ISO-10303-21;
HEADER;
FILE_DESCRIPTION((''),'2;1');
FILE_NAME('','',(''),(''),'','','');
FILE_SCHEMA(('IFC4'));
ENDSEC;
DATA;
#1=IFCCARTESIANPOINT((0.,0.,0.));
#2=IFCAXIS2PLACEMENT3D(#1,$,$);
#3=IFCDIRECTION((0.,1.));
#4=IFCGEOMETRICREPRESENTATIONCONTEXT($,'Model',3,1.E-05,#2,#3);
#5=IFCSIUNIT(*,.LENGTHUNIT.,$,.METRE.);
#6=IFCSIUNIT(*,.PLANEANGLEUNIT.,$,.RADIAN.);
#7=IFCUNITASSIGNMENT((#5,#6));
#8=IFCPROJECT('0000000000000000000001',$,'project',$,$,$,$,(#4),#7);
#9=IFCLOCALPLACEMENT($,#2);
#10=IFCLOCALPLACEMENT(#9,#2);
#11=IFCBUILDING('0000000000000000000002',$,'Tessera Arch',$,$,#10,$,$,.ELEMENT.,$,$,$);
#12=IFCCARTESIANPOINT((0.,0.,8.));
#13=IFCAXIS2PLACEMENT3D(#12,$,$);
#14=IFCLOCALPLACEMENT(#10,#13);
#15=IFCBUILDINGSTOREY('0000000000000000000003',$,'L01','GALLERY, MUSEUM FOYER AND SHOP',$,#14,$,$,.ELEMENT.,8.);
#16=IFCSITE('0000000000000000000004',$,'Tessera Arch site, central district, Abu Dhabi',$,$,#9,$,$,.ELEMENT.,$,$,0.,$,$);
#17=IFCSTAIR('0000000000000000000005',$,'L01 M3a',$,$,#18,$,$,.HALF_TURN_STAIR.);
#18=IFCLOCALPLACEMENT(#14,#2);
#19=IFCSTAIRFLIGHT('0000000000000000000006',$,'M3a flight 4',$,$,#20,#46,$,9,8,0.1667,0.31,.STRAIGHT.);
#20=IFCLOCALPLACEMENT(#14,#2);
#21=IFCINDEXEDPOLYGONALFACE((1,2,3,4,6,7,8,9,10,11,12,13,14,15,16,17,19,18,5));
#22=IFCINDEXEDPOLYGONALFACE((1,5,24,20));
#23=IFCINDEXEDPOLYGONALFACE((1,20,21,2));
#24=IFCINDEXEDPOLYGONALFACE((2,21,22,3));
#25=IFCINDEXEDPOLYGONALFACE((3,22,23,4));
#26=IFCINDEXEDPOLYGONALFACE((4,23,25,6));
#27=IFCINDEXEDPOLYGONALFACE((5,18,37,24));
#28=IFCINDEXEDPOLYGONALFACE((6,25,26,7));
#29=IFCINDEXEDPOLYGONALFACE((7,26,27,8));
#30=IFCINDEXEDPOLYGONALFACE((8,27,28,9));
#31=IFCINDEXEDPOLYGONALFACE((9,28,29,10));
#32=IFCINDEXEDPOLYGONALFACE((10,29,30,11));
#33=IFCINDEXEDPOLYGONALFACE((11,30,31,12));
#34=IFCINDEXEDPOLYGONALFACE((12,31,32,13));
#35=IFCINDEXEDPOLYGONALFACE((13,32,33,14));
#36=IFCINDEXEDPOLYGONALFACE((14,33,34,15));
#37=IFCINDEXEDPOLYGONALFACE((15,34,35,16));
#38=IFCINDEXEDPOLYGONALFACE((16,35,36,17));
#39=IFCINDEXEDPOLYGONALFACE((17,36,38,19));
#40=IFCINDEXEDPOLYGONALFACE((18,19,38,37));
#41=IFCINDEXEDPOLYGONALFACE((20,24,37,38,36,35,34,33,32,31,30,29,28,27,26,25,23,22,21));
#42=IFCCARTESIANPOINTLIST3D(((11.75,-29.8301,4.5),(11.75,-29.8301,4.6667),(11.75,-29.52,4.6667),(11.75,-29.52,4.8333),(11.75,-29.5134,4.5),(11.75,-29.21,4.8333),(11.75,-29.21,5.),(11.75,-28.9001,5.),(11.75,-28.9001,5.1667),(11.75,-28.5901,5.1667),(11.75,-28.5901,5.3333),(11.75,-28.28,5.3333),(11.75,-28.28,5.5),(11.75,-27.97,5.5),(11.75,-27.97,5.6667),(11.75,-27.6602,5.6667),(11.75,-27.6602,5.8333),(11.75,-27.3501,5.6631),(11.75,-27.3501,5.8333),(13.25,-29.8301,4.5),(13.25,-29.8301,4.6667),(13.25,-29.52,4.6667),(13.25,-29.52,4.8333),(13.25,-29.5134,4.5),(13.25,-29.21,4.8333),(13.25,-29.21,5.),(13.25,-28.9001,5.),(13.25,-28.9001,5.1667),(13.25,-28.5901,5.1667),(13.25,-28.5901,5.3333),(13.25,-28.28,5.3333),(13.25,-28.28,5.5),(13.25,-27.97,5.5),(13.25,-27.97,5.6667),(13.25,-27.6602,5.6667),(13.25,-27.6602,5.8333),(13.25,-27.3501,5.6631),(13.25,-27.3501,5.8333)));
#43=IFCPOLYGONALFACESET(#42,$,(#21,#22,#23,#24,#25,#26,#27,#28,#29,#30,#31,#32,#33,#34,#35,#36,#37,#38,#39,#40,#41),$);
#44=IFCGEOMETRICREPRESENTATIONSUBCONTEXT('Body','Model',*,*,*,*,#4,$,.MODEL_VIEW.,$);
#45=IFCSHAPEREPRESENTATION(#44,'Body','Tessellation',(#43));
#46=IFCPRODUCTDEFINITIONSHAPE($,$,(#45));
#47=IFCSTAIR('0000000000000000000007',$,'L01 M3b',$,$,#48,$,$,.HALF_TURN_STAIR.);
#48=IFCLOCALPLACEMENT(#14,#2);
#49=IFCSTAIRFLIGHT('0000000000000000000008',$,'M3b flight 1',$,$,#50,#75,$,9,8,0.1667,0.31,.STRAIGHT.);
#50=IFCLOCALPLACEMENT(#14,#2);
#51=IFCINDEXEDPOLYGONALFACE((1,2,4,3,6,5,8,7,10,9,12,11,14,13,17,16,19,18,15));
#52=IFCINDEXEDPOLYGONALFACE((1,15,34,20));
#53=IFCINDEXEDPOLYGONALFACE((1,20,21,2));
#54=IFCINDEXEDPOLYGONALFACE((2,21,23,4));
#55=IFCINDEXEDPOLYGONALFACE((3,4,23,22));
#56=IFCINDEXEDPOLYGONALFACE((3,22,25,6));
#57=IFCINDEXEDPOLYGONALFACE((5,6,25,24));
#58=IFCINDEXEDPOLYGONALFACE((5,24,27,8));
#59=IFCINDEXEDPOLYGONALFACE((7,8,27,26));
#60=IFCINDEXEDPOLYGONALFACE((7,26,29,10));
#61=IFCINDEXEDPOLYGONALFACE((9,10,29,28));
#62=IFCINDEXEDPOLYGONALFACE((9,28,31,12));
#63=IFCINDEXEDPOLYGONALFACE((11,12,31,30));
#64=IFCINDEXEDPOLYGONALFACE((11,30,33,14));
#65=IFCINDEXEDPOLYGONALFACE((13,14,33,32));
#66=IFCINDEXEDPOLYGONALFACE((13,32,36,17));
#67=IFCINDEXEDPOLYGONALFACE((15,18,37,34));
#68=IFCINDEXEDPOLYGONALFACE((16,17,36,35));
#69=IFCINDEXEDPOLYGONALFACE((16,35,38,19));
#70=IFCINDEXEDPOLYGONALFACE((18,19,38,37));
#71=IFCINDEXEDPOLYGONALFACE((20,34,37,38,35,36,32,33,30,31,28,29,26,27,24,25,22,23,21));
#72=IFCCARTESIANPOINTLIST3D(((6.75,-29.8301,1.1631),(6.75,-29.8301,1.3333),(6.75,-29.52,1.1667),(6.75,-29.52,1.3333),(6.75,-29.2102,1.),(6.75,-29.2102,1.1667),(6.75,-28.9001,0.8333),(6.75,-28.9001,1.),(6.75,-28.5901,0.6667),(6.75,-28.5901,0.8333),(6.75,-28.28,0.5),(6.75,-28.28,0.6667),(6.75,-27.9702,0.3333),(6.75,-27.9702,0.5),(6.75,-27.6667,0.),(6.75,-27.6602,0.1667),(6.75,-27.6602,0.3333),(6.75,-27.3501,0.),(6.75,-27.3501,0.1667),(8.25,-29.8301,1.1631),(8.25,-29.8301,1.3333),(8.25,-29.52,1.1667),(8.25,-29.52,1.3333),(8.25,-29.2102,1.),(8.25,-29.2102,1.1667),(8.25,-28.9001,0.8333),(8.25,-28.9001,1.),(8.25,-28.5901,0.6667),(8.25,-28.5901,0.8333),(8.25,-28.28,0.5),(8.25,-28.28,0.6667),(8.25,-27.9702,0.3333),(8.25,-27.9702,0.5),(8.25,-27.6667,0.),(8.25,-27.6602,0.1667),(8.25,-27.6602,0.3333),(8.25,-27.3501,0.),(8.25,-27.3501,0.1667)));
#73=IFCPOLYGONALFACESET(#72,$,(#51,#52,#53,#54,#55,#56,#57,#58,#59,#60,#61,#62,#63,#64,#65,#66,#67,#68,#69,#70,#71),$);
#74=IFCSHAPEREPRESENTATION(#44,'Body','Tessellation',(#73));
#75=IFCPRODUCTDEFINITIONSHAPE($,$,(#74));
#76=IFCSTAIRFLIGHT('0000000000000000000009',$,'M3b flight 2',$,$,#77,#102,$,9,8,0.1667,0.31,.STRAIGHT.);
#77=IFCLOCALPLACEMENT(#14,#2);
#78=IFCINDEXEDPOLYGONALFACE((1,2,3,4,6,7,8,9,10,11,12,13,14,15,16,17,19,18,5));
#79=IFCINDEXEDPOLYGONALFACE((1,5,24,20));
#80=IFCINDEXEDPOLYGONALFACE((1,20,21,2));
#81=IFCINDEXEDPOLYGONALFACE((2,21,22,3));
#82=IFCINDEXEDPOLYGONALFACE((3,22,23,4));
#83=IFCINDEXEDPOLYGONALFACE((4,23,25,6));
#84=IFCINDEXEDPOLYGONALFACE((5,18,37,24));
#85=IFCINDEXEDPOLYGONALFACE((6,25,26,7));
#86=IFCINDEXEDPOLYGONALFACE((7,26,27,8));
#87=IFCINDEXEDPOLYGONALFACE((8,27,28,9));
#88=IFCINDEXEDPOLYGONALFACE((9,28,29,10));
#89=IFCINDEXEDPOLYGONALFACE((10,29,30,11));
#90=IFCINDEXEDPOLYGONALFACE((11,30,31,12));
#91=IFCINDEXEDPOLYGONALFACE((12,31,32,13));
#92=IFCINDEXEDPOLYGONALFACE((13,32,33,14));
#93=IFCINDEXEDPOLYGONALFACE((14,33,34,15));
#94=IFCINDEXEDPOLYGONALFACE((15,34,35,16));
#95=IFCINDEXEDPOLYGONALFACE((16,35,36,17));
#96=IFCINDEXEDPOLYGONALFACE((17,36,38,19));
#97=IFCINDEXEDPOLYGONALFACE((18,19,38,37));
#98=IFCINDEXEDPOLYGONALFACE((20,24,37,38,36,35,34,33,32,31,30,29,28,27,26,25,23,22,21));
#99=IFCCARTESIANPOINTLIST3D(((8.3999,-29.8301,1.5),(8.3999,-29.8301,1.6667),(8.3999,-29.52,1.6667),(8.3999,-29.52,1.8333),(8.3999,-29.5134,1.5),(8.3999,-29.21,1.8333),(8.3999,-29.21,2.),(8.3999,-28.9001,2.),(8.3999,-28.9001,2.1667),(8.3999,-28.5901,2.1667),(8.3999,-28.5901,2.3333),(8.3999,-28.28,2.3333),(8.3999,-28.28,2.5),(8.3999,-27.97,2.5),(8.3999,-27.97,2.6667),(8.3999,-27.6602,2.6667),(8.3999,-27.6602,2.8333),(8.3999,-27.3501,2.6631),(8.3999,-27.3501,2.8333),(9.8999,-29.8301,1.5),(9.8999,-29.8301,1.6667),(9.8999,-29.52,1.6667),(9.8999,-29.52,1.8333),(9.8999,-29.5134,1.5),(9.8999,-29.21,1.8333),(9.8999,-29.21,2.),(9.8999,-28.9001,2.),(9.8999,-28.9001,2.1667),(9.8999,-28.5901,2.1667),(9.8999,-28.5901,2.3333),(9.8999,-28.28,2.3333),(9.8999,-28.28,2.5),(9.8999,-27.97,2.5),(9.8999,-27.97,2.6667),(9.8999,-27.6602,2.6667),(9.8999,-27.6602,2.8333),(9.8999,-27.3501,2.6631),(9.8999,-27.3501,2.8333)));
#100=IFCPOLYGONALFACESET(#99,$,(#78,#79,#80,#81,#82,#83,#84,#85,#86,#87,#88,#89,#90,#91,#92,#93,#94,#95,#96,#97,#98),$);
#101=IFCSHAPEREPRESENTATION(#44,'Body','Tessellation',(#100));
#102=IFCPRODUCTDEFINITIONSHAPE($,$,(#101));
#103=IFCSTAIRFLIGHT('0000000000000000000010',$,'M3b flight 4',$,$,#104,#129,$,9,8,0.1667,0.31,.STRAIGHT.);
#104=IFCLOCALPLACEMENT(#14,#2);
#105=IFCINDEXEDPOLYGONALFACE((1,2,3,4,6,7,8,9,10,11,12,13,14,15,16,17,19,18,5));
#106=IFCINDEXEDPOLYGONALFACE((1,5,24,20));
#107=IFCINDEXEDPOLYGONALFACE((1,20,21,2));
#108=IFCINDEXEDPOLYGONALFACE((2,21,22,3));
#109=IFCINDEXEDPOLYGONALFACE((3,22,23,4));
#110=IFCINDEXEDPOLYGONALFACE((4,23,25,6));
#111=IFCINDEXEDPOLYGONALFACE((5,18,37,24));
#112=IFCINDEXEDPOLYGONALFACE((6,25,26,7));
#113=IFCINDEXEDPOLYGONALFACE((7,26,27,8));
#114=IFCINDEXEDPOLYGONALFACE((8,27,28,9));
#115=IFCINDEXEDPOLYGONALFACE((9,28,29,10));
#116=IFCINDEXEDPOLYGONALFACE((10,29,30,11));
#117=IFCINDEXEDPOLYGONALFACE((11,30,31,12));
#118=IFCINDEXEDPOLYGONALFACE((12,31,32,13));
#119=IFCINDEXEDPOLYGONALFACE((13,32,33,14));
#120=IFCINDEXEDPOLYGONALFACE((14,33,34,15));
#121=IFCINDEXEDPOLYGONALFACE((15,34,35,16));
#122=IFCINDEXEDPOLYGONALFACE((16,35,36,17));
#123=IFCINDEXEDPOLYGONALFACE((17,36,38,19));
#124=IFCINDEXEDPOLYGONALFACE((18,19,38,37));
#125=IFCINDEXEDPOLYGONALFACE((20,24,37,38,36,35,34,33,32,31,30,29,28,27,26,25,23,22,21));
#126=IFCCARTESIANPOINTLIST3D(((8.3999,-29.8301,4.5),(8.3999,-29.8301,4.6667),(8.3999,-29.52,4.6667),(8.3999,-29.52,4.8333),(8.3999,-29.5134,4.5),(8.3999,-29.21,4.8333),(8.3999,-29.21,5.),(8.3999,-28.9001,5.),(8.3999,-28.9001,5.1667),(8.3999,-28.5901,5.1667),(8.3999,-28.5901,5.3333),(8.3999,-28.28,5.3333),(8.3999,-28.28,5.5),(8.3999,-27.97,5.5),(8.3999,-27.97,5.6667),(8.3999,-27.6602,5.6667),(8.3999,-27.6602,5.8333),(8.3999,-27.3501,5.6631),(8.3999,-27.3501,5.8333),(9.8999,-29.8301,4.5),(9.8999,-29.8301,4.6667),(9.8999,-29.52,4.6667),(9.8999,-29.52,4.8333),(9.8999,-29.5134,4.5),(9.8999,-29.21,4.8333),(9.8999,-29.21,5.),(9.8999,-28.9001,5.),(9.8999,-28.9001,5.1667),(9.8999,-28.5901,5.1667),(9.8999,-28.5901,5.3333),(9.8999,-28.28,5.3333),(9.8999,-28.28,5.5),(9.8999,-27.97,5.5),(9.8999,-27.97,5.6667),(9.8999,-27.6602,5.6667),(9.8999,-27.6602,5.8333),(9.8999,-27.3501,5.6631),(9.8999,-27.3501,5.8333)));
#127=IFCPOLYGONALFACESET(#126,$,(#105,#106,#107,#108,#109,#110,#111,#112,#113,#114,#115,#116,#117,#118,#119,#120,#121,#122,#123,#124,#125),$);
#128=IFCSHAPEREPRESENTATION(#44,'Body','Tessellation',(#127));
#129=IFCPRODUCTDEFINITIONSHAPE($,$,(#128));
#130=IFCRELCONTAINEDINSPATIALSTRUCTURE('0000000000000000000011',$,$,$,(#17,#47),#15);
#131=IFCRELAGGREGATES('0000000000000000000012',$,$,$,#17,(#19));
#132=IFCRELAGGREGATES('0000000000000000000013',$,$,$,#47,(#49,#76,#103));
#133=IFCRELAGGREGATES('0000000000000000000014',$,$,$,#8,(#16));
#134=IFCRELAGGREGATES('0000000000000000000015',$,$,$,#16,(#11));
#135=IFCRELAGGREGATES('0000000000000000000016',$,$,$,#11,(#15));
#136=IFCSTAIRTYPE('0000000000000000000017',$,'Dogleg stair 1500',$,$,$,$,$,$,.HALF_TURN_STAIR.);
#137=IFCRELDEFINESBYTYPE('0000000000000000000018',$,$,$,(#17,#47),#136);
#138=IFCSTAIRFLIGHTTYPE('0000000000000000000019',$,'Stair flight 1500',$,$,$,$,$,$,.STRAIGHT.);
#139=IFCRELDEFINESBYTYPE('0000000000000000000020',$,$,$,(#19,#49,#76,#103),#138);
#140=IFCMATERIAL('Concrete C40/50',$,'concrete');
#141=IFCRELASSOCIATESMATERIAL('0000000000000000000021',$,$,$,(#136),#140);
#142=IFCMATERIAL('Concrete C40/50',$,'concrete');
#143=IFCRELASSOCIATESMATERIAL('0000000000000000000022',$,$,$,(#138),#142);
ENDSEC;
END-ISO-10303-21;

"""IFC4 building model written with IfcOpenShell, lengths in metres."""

from ifc_helpers import new_model, si_unit, direction, frame, origin, place, context, subcontext, project, spatial, polyline, outline, extrude, material, type_object, element, aggregate, save


model = new_model("IFC4")

# Units and contexts
model_context = context("Model", 3, precision=1e-05, world=origin(), true_north=direction((0.0, 1.0)))
body_context = subcontext(model_context, "Body", "Model", "MODEL_VIEW")
ifc_project = project(units=[si_unit("LENGTHUNIT", "METRE"), si_unit("PLANEANGLEUNIT", "RADIAN")], contexts=[model_context])

# Site, building, storey
site_placement = place(None, origin())
site = spatial("IfcSite", under=ifc_project, at=site_placement, Name="Tessera Arch site, central district, Abu Dhabi", CompositionType="ELEMENT", RefElevation=0.0)
building_placement = place(site_placement, origin())
building = spatial("IfcBuilding", under=site, at=building_placement, Name="Tessera Arch", CompositionType="ELEMENT")
storey_placement = place(building_placement, frame((0.0, 0.0, 8.0)))
storey = spatial("IfcBuildingStorey", under=building, at=storey_placement, Name="L01", Description="GALLERY, MUSEUM FOYER AND SHOP", CompositionType="ELEMENT", Elevation=8.0)

# Stairs, stair flights
ifc_material_1 = material(Name="Concrete C40/50", Category="concrete")
stair_type = type_object("IfcStairType", Name="Dogleg stair 1500", PredefinedType="HALF_TURN_STAIR", material=ifc_material_1)
stair_1_placement = place(storey_placement, origin())
stair_1 = element("IfcStair", 1, at=stair_1_placement, inside=storey, type_object=stair_type, Name="L01 M3a", PredefinedType="HALF_TURN_STAIR")
ifc_material_2 = material(Name="Concrete C40/50", Category="concrete")
stair_flight_type = type_object("IfcStairFlightType", Name="Stair flight 1500", PredefinedType="STRAIGHT", material=ifc_material_2)
stair_flight_1_placement = place(storey_placement, frame((12.5, -29.8301, 4.5), z_axis=(0.0, 0.0, 1.0), x_axis=(0.0, 1.0, 0.0)))
stair_flight_1 = element("IfcStairFlight", 2, at=stair_flight_1_placement, type_object=stair_flight_type, Name="M3a flight 4", NumberOfRisers=9, NumberOfTreads=8, PredefinedType="STRAIGHT", RiserHeight=0.1667, TreadLength=0.31, context=body_context, shape_type="SweptSolid", body=[
    extrude(outline(polyline([(0.0, 0.0), (0.0, 0.1667), (0.3101, 0.1667), (0.3101, 0.3333), (0.6201, 0.3333), (0.6201, 0.5), (0.9299, 0.5), (0.9299, 0.6667), (1.24, 0.6667), (1.24, 0.8333), (1.55, 0.8333), (1.55, 1.0), (1.8601, 1.0), (1.8601, 1.1667), (2.1699, 1.1667), (2.1699, 1.3333), (2.48, 1.3333), (2.48, 1.5), (2.48, 1.1631), (0.3167, 0.0), (0.0, 0.0)])), frame((0.0, 0.75, 0.0), z_axis=(0.0, -1.0, 0.0), x_axis=(1.0, 0.0, 0.0)), (0.0, 0.0, 1.0), 1.5),
])
aggregate(stair_1, [stair_flight_1])
stair_2_placement = place(storey_placement, origin())
stair_2 = element("IfcStair", 3, at=stair_2_placement, inside=storey, type_object=stair_type, Name="L01 M3b", PredefinedType="HALF_TURN_STAIR")
stair_flight_2_placement = place(storey_placement, frame((7.5, -27.3501, 0.0), z_axis=(0.0, 0.0, 1.0), x_axis=(0.0, -1.0, 0.0)))
stair_flight_2 = element("IfcStairFlight", 4, at=stair_flight_2_placement, type_object=stair_flight_type, Name="M3b flight 1", NumberOfRisers=9, NumberOfTreads=8, PredefinedType="STRAIGHT", RiserHeight=0.1667, TreadLength=0.31, context=body_context, shape_type="SweptSolid", body=[
    extrude(outline(polyline([(0.0, 0.0), (0.0, 0.1667), (0.3101, 0.1667), (0.3101, 0.3333), (0.6201, 0.3333), (0.6201, 0.5), (0.9299, 0.5), (0.9299, 0.6667), (1.24, 0.6667), (1.24, 0.8333), (1.55, 0.8333), (1.55, 1.0), (1.8601, 1.0), (1.8601, 1.1667), (2.1699, 1.1667), (2.1699, 1.3333), (2.48, 1.3333), (2.48, 1.5), (2.48, 1.1631), (0.3167, 0.0), (0.0, 0.0)])), frame((0.0, 0.75, 0.0), z_axis=(0.0, -1.0, 0.0), x_axis=(1.0, 0.0, 0.0)), (0.0, 0.0, 1.0), 1.5),
])
stair_flight_3_placement = place(storey_placement, frame((9.1499, -29.8301, 1.5), z_axis=(0.0, 0.0, 1.0), x_axis=(0.0, 1.0, 0.0)))
stair_flight_3 = element("IfcStairFlight", 5, at=stair_flight_3_placement, type_object=stair_flight_type, Name="M3b flight 2", NumberOfRisers=9, NumberOfTreads=8, PredefinedType="STRAIGHT", RiserHeight=0.1667, TreadLength=0.31, context=body_context, shape_type="SweptSolid", body=[
    extrude(outline(polyline([(0.0, 0.0), (0.0, 0.1667), (0.3101, 0.1667), (0.3101, 0.3333), (0.6201, 0.3333), (0.6201, 0.5), (0.9299, 0.5), (0.9299, 0.6667), (1.24, 0.6667), (1.24, 0.8333), (1.55, 0.8333), (1.55, 1.0), (1.8601, 1.0), (1.8601, 1.1667), (2.1699, 1.1667), (2.1699, 1.3333), (2.48, 1.3333), (2.48, 1.5), (2.48, 1.1631), (0.3167, 0.0), (0.0, 0.0)])), frame((0.0, 0.75, 0.0), z_axis=(0.0, -1.0, 0.0), x_axis=(1.0, 0.0, 0.0)), (0.0, 0.0, 1.0), 1.5),
])
stair_flight_4_placement = place(storey_placement, frame((9.1499, -29.8301, 4.5), z_axis=(0.0, 0.0, 1.0), x_axis=(0.0, 1.0, 0.0)))
stair_flight_4 = element("IfcStairFlight", 6, at=stair_flight_4_placement, type_object=stair_flight_type, Name="M3b flight 4", NumberOfRisers=9, NumberOfTreads=8, PredefinedType="STRAIGHT", RiserHeight=0.1667, TreadLength=0.31, context=body_context, shape_type="SweptSolid", body=[
    extrude(outline(polyline([(0.0, 0.0), (0.0, 0.1667), (0.3101, 0.1667), (0.3101, 0.3333), (0.6201, 0.3333), (0.6201, 0.5), (0.9299, 0.5), (0.9299, 0.6667), (1.24, 0.6667), (1.24, 0.8333), (1.55, 0.8333), (1.55, 1.0), (1.8601, 1.0), (1.8601, 1.1667), (2.1699, 1.1667), (2.1699, 1.3333), (2.48, 1.3333), (2.48, 1.5), (2.48, 1.1631), (0.3167, 0.0), (0.0, 0.0)])), frame((0.0, 0.75, 0.0), z_axis=(0.0, -1.0, 0.0), x_axis=(1.0, 0.0, 0.0)), (0.0, 0.0, 1.0), 1.5),
])
aggregate(stair_2, [stair_flight_2, stair_flight_3, stair_flight_4])

save(model, "model.ifc")
